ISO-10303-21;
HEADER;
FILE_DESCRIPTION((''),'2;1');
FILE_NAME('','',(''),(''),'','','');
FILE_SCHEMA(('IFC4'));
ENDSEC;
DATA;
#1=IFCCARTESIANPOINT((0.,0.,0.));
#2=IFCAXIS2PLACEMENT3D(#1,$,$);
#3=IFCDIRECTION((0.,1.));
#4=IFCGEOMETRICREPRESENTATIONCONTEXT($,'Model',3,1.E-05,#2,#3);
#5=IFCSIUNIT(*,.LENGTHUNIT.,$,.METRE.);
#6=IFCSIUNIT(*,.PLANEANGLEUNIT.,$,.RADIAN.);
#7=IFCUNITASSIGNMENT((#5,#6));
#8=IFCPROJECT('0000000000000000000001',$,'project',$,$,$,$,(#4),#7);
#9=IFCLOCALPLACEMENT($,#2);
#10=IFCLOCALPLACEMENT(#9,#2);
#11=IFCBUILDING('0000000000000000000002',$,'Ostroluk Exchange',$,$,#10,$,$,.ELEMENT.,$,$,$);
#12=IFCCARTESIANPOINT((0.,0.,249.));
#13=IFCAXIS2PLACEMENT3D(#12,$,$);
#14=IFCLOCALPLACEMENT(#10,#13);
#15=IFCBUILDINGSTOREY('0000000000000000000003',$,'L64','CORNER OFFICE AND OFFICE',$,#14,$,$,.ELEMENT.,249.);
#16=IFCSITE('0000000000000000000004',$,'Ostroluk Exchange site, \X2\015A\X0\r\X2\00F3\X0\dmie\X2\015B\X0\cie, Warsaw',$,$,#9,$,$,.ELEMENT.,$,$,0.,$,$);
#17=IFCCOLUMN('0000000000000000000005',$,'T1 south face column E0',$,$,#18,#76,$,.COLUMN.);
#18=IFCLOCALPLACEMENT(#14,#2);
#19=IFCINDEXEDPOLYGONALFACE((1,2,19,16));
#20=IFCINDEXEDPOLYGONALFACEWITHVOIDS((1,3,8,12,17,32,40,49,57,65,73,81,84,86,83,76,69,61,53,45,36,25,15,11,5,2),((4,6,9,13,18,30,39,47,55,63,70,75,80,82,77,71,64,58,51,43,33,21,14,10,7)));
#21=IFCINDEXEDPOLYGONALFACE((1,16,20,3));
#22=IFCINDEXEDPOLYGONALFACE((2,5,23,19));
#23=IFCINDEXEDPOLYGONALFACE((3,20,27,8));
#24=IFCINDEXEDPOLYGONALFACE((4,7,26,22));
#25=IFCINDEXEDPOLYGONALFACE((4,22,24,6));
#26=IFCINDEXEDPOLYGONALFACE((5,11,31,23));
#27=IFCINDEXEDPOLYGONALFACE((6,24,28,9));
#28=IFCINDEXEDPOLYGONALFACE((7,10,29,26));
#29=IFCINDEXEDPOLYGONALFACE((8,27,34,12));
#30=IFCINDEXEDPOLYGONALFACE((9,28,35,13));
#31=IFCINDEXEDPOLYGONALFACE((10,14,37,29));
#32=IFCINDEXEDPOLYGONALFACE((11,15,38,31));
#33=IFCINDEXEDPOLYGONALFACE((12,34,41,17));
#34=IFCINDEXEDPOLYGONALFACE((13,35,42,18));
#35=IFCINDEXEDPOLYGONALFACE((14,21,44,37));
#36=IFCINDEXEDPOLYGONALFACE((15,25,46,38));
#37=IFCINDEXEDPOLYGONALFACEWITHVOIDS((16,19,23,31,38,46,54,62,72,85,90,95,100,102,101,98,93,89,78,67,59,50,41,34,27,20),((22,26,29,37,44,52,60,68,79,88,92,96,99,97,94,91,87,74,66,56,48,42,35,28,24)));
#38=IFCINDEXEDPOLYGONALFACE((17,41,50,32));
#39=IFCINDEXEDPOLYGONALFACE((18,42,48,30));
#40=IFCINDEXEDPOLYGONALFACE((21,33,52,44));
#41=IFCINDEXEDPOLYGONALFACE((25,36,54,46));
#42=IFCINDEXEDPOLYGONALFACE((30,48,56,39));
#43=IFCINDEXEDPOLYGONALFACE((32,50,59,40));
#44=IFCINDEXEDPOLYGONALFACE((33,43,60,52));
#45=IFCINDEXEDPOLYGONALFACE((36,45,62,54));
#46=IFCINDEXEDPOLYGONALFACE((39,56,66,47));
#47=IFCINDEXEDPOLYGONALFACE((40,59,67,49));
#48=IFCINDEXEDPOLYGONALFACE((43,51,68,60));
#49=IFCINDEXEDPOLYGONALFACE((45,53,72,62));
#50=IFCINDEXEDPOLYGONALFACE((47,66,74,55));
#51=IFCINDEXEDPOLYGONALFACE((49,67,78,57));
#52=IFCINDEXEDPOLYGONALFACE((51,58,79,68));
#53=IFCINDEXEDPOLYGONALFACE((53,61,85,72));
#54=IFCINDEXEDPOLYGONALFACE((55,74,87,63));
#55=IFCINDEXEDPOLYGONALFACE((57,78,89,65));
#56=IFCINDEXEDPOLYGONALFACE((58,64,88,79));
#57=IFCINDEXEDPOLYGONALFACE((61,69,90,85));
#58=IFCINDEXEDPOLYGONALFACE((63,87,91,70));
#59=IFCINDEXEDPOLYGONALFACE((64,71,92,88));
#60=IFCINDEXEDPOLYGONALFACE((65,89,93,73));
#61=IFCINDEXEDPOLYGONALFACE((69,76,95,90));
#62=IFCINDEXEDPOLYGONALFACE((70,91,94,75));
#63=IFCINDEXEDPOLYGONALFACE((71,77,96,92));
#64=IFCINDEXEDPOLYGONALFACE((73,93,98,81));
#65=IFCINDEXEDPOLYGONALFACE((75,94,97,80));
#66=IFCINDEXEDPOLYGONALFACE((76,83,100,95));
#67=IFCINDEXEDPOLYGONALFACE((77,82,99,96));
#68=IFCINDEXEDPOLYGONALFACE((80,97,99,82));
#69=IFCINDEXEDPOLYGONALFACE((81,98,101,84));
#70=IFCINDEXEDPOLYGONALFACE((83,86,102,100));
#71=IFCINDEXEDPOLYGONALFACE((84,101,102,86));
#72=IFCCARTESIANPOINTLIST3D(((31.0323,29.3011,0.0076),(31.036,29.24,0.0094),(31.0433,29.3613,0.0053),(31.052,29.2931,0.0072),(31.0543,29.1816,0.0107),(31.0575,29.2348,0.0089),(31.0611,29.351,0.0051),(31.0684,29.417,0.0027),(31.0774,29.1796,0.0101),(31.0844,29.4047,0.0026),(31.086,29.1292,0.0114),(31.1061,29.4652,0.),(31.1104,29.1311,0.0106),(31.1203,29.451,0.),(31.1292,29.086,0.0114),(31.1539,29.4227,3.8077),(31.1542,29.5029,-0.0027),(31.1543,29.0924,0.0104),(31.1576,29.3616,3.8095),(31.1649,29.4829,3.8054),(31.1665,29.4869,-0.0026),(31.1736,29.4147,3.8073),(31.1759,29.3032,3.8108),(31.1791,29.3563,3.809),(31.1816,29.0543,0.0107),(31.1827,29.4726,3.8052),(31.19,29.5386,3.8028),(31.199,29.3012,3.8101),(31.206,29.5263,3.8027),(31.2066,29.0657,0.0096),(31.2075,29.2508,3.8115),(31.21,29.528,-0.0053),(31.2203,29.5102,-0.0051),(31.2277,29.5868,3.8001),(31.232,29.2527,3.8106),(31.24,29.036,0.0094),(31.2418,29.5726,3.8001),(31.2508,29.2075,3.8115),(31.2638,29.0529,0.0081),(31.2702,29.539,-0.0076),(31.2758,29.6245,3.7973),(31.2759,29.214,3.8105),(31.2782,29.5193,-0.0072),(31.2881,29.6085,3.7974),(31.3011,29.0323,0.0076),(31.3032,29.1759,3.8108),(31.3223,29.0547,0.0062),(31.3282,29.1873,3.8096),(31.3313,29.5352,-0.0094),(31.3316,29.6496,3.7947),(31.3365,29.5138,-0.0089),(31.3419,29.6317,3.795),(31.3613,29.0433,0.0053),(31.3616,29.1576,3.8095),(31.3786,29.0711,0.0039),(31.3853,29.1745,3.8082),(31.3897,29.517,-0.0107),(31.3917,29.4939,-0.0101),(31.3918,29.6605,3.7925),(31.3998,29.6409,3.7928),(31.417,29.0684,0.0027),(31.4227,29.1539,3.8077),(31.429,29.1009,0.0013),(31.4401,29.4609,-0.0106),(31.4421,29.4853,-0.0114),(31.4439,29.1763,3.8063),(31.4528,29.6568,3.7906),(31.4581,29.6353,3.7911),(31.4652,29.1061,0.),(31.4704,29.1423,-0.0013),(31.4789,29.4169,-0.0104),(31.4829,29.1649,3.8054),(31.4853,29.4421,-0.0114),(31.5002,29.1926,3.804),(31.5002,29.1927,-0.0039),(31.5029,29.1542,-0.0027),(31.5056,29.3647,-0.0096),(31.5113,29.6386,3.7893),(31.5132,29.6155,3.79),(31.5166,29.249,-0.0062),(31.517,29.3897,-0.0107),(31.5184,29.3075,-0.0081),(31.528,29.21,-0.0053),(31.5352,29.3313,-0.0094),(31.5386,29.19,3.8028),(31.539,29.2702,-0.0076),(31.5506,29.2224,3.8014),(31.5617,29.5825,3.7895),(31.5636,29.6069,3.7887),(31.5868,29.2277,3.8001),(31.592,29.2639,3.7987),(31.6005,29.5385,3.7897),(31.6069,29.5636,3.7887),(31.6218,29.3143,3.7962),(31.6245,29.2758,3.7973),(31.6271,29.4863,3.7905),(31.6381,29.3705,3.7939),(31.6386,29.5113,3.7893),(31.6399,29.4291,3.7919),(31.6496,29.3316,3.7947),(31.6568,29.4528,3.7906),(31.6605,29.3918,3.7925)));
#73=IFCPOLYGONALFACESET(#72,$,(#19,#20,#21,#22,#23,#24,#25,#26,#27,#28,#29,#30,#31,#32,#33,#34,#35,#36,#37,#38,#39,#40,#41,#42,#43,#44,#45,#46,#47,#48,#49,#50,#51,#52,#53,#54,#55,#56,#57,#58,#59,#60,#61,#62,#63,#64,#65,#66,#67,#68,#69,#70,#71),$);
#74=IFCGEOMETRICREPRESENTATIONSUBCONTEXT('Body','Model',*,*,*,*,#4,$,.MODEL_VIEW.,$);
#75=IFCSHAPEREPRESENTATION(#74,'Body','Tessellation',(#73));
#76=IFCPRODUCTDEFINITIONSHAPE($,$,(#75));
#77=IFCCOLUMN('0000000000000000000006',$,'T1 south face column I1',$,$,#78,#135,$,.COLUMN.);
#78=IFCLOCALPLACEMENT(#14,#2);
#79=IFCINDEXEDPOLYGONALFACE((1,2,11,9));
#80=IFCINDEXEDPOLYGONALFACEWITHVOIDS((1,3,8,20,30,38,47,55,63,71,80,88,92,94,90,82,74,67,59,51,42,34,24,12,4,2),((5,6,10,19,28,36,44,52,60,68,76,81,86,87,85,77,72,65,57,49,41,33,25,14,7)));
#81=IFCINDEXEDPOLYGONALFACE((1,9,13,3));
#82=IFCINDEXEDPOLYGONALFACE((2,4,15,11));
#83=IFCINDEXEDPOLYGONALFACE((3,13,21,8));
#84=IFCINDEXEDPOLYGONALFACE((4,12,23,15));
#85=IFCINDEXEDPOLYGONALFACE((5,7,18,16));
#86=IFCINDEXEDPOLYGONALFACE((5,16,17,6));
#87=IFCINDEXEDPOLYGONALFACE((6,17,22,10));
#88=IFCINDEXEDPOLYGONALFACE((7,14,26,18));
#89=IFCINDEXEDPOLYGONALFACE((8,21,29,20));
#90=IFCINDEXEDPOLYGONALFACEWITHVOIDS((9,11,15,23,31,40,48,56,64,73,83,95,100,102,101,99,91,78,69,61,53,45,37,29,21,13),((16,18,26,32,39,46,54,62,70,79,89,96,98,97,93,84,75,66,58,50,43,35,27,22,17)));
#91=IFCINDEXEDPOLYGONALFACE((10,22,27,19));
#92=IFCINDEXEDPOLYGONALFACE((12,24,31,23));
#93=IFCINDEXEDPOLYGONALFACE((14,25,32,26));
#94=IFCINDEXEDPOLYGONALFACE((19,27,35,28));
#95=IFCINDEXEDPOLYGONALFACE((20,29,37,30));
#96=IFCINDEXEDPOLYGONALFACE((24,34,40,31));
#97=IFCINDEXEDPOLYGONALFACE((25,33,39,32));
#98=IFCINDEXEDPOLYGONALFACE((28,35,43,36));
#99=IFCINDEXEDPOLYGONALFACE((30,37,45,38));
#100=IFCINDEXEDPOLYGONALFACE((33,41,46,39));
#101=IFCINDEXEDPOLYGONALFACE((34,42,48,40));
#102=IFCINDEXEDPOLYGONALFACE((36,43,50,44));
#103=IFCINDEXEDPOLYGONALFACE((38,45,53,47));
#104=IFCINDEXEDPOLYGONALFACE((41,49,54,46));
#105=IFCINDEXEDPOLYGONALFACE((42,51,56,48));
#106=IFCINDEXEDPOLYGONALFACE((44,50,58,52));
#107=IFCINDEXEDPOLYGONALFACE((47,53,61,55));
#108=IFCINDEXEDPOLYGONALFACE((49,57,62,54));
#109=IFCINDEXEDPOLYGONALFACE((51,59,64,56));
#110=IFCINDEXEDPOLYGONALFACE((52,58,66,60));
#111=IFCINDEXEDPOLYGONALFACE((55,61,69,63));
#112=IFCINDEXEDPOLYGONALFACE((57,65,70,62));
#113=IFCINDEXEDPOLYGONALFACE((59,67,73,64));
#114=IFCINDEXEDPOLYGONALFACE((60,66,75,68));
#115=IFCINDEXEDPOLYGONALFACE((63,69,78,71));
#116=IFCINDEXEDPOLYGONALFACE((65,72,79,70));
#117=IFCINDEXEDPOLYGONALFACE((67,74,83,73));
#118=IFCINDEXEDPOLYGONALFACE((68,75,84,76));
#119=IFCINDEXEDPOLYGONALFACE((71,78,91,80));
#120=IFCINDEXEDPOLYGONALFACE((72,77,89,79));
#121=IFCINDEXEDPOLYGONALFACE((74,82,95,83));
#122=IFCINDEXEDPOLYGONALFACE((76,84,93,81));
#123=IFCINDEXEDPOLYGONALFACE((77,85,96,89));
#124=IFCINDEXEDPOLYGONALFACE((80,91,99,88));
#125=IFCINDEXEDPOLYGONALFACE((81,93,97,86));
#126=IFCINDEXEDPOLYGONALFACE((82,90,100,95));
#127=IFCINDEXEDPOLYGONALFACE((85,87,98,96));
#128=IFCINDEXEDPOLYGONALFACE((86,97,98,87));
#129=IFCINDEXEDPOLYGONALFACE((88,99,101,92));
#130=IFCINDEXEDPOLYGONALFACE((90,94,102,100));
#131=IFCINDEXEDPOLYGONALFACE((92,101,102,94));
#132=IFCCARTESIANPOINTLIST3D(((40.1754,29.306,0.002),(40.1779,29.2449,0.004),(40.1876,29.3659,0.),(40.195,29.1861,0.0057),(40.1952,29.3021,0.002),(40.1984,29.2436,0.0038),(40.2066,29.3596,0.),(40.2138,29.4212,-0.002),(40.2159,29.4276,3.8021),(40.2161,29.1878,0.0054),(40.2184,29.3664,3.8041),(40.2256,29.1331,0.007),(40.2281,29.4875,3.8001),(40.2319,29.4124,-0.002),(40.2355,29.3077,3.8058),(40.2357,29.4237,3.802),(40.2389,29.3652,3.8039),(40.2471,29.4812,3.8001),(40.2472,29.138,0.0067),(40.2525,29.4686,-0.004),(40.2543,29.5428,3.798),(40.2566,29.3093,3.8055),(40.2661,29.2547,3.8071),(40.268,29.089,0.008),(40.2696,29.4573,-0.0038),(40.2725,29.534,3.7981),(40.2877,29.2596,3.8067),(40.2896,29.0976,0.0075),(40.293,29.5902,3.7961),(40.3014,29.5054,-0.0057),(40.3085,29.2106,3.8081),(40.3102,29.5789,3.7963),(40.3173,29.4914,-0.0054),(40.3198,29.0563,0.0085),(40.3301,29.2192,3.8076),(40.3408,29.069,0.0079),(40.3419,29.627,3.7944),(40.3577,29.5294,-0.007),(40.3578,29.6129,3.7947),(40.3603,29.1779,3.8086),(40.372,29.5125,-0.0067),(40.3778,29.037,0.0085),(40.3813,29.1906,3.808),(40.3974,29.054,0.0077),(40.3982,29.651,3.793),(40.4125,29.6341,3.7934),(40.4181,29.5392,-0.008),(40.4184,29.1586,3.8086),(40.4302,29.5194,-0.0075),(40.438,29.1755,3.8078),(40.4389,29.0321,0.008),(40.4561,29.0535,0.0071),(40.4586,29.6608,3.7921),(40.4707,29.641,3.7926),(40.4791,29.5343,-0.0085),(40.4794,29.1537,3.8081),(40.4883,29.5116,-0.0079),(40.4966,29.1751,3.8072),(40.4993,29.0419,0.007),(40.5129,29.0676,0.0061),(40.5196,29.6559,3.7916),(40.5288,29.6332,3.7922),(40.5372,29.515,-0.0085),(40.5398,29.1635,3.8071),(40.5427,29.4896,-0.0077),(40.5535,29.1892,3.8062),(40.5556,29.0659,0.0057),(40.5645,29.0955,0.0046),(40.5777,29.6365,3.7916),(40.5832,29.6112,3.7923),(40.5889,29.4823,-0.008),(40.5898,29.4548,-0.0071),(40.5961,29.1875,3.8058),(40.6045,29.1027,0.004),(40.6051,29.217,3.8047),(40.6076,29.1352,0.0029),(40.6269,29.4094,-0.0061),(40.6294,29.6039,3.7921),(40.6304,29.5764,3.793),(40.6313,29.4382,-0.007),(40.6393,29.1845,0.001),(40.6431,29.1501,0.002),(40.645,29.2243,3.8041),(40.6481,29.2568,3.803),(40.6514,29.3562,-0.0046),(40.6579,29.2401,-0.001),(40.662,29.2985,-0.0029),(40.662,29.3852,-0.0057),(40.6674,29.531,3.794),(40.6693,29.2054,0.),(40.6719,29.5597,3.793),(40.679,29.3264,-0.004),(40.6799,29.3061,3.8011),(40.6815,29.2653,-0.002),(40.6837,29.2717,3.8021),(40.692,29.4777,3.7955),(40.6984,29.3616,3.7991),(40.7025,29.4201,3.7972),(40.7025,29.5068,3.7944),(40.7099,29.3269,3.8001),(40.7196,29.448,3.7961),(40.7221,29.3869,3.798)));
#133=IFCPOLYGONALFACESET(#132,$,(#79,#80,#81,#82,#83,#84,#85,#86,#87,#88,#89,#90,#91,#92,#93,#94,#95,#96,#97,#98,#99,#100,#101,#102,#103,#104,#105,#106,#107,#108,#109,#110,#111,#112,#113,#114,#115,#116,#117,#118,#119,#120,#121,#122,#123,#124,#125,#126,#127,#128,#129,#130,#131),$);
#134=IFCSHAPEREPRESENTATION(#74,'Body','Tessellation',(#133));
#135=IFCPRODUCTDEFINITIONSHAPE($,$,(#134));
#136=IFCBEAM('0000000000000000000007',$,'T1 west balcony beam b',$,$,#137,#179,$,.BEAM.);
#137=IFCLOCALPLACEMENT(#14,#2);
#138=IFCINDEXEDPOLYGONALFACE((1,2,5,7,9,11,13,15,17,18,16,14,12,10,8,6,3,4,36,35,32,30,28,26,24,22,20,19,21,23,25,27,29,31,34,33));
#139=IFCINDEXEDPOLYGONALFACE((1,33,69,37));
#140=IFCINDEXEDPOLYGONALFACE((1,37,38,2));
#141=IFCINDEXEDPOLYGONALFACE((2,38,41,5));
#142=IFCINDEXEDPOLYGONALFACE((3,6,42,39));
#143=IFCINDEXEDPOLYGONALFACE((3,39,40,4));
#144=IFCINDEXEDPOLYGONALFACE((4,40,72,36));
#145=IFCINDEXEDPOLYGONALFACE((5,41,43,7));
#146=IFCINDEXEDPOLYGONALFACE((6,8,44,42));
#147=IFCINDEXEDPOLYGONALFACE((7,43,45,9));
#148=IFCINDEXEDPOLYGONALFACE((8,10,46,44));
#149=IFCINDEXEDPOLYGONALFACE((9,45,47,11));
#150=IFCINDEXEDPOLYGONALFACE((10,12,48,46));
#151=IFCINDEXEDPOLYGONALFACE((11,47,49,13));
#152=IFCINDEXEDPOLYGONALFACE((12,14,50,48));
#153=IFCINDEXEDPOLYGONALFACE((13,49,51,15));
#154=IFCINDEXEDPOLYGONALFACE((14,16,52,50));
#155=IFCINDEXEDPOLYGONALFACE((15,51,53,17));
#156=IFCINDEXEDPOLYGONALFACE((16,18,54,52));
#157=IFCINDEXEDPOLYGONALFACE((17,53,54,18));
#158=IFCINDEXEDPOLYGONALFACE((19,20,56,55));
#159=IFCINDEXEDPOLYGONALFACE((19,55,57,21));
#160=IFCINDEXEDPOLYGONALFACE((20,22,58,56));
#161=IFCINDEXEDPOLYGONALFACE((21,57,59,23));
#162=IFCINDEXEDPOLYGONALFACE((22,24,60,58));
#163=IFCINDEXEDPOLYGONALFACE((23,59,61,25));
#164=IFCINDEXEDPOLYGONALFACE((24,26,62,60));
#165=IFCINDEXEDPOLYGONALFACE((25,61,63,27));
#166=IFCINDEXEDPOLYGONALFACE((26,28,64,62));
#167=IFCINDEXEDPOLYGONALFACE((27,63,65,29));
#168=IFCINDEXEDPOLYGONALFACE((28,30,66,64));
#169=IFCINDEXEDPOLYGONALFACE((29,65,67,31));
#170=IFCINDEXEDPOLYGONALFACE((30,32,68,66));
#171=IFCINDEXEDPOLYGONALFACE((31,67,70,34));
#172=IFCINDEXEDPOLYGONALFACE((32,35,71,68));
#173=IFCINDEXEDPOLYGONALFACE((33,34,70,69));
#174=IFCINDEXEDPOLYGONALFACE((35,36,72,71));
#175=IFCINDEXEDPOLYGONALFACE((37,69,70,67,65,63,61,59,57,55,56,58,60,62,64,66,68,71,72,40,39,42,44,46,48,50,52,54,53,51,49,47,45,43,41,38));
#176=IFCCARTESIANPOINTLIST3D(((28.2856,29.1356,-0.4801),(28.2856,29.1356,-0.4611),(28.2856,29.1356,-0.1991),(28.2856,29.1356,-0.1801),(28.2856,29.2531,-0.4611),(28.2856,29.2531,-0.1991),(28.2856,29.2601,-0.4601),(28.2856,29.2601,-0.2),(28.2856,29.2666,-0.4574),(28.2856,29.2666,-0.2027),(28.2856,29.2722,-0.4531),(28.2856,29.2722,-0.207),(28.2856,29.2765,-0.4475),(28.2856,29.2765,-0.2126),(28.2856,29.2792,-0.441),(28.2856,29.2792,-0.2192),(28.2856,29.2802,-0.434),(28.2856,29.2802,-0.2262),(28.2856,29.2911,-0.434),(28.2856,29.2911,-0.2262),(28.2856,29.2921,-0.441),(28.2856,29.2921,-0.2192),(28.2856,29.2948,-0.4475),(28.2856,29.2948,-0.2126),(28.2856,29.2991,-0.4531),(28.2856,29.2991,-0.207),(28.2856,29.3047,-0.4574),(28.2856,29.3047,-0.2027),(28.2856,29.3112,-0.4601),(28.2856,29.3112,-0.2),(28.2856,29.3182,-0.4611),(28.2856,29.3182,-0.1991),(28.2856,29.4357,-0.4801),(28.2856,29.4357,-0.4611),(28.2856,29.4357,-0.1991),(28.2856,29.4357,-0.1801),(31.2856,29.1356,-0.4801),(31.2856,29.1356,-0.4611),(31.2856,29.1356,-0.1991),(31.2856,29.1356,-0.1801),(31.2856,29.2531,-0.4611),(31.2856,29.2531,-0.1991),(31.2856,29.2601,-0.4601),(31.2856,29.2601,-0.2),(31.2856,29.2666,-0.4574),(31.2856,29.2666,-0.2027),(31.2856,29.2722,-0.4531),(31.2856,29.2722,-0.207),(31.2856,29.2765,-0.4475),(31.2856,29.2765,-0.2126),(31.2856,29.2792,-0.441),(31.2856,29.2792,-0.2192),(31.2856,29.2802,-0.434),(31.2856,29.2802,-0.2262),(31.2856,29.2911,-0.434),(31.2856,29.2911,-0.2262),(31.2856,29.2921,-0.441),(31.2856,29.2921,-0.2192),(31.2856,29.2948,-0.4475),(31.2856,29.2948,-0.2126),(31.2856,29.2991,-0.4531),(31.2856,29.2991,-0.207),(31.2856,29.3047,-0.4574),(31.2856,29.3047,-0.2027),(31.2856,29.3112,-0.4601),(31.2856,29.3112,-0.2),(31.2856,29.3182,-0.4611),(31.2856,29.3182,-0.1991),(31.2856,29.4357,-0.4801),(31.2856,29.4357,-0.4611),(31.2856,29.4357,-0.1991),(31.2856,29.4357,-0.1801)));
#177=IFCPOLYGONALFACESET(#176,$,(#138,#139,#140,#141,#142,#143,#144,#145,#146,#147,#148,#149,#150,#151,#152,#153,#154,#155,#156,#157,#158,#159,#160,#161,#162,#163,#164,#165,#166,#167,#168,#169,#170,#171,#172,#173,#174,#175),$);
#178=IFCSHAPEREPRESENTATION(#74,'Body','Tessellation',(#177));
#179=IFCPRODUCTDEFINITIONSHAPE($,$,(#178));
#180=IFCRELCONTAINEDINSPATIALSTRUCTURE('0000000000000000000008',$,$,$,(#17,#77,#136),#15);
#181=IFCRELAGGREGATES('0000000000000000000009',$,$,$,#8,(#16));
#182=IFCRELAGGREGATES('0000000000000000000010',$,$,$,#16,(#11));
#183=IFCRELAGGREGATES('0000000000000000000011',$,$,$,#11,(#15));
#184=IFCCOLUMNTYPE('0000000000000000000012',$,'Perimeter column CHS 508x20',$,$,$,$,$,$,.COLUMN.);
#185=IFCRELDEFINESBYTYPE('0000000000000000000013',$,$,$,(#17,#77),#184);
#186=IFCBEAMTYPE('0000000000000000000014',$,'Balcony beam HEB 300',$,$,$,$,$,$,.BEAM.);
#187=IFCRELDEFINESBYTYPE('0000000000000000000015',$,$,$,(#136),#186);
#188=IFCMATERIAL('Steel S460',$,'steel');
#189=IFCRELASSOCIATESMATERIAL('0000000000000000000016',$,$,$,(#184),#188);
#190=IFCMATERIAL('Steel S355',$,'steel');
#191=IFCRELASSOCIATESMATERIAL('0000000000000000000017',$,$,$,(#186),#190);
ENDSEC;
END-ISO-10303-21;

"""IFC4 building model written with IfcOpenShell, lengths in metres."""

from ifc_helpers import new_model, si_unit, direction, frame, origin, origin_2d, place, context, subcontext, project, spatial, hollow_circle, i_section, extrude, material, material_profile, profile_set, type_object, element, save


model = new_model("IFC4")

# Units and contexts
model_context = context("Model", 3, precision=1e-05, world=origin(), true_north=direction((0.0, 1.0)))
body_context = subcontext(model_context, "Body", "Model", "MODEL_VIEW")
ifc_project = project(units=[si_unit("LENGTHUNIT", "METRE"), si_unit("PLANEANGLEUNIT", "RADIAN")], contexts=[model_context])

# Site, building, storey
site_placement = place(None, origin())
site = spatial("IfcSite", under=ifc_project, at=site_placement, Name="Ostroluk Exchange site, Śródmieście, Warsaw", CompositionType="ELEMENT", RefElevation=0.0)
building_placement = place(site_placement, origin())
building = spatial("IfcBuilding", under=site, at=building_placement, Name="Ostroluk Exchange", CompositionType="ELEMENT")
storey_placement = place(building_placement, frame((0.0, 0.0, 249.0)))
storey = spatial("IfcBuildingStorey", under=building, at=storey_placement, Name="L64", Description="CORNER OFFICE AND OFFICE", CompositionType="ELEMENT", Elevation=249.0)

# Columns
ifc_material_1 = material(Name="Steel S460", Category="steel")
ifc_material_profile_1 = material_profile(ifc_material_1, hollow_circle(Radius=0.2539, WallThickness=0.02, at=origin_2d()), Name="CHS 508x20")
ifc_profile_set_1 = profile_set([ifc_material_profile_1], Name="Steel S460")
column_type = type_object("IfcColumnType", Name="Perimeter column CHS 508x20", PredefinedType="COLUMN", material=ifc_profile_set_1)
column_1_placement = place(storey_placement, frame((31.2856, 29.2856, 0.0), z_axis=(0.031962, 0.031962, 0.998978), x_axis=(-0.707107, 0.707107, 0.0)))
element("IfcColumn", 1, at=column_1_placement, inside=storey, type_object=column_type, Name="T1 south face column E0", PredefinedType="COLUMN", context=body_context, shape_type="SweptSolid", body=[
    extrude(hollow_circle(Radius=0.2539, WallThickness=0.02, at=origin_2d()), origin(), (0.0, 0.0, 1.0), 3.804),
])
column_2_placement = place(storey_placement, frame((40.4285, 29.2856, 0.0), z_axis=(0.010659, 0.031977, 0.999432), x_axis=(-0.948683, 0.316228, 0.0)))
element("IfcColumn", 2, at=column_2_placement, inside=storey, type_object=column_type, Name="T1 south face column I1", PredefinedType="COLUMN", context=body_context, shape_type="SweptSolid", body=[
    extrude(hollow_circle(Radius=0.2539, WallThickness=0.02, at=origin_2d()), origin(), (0.0, 0.0, 1.0), 3.8022),
])

# Beam
ifc_material_2 = material(Name="Steel S355", Category="steel")
ifc_material_profile_2 = material_profile(ifc_material_2, i_section(OverallWidth=0.3, OverallDepth=0.3, WebThickness=0.011, FlangeThickness=0.019, FilletRadius=0.0271, at=origin_2d()), Name="HEB 300")
ifc_profile_set_2 = profile_set([ifc_material_profile_2], Name="Steel S355")
beam_type_1 = type_object("IfcBeamType", Name="Balcony beam HEB 300", PredefinedType="BEAM", material=ifc_profile_set_2)
beam_1_placement = place(storey_placement, frame((31.2856, 29.2856, -0.3301), z_axis=(-1.0, 0.0, 0.0), x_axis=(0.0, -1.0, 0.0)))
element("IfcBeam", 3, at=beam_1_placement, inside=storey, type_object=beam_type_1, Name="T1 west balcony beam b", PredefinedType="BEAM", context=body_context, shape_type="SweptSolid", body=[
    extrude(i_section(OverallWidth=0.3, OverallDepth=0.3, WebThickness=0.011, FlangeThickness=0.019, FilletRadius=0.0271, at=origin_2d()), origin(), (0.0, 0.0, 1.0), 3.0),
])

save(model, "model.ifc")
